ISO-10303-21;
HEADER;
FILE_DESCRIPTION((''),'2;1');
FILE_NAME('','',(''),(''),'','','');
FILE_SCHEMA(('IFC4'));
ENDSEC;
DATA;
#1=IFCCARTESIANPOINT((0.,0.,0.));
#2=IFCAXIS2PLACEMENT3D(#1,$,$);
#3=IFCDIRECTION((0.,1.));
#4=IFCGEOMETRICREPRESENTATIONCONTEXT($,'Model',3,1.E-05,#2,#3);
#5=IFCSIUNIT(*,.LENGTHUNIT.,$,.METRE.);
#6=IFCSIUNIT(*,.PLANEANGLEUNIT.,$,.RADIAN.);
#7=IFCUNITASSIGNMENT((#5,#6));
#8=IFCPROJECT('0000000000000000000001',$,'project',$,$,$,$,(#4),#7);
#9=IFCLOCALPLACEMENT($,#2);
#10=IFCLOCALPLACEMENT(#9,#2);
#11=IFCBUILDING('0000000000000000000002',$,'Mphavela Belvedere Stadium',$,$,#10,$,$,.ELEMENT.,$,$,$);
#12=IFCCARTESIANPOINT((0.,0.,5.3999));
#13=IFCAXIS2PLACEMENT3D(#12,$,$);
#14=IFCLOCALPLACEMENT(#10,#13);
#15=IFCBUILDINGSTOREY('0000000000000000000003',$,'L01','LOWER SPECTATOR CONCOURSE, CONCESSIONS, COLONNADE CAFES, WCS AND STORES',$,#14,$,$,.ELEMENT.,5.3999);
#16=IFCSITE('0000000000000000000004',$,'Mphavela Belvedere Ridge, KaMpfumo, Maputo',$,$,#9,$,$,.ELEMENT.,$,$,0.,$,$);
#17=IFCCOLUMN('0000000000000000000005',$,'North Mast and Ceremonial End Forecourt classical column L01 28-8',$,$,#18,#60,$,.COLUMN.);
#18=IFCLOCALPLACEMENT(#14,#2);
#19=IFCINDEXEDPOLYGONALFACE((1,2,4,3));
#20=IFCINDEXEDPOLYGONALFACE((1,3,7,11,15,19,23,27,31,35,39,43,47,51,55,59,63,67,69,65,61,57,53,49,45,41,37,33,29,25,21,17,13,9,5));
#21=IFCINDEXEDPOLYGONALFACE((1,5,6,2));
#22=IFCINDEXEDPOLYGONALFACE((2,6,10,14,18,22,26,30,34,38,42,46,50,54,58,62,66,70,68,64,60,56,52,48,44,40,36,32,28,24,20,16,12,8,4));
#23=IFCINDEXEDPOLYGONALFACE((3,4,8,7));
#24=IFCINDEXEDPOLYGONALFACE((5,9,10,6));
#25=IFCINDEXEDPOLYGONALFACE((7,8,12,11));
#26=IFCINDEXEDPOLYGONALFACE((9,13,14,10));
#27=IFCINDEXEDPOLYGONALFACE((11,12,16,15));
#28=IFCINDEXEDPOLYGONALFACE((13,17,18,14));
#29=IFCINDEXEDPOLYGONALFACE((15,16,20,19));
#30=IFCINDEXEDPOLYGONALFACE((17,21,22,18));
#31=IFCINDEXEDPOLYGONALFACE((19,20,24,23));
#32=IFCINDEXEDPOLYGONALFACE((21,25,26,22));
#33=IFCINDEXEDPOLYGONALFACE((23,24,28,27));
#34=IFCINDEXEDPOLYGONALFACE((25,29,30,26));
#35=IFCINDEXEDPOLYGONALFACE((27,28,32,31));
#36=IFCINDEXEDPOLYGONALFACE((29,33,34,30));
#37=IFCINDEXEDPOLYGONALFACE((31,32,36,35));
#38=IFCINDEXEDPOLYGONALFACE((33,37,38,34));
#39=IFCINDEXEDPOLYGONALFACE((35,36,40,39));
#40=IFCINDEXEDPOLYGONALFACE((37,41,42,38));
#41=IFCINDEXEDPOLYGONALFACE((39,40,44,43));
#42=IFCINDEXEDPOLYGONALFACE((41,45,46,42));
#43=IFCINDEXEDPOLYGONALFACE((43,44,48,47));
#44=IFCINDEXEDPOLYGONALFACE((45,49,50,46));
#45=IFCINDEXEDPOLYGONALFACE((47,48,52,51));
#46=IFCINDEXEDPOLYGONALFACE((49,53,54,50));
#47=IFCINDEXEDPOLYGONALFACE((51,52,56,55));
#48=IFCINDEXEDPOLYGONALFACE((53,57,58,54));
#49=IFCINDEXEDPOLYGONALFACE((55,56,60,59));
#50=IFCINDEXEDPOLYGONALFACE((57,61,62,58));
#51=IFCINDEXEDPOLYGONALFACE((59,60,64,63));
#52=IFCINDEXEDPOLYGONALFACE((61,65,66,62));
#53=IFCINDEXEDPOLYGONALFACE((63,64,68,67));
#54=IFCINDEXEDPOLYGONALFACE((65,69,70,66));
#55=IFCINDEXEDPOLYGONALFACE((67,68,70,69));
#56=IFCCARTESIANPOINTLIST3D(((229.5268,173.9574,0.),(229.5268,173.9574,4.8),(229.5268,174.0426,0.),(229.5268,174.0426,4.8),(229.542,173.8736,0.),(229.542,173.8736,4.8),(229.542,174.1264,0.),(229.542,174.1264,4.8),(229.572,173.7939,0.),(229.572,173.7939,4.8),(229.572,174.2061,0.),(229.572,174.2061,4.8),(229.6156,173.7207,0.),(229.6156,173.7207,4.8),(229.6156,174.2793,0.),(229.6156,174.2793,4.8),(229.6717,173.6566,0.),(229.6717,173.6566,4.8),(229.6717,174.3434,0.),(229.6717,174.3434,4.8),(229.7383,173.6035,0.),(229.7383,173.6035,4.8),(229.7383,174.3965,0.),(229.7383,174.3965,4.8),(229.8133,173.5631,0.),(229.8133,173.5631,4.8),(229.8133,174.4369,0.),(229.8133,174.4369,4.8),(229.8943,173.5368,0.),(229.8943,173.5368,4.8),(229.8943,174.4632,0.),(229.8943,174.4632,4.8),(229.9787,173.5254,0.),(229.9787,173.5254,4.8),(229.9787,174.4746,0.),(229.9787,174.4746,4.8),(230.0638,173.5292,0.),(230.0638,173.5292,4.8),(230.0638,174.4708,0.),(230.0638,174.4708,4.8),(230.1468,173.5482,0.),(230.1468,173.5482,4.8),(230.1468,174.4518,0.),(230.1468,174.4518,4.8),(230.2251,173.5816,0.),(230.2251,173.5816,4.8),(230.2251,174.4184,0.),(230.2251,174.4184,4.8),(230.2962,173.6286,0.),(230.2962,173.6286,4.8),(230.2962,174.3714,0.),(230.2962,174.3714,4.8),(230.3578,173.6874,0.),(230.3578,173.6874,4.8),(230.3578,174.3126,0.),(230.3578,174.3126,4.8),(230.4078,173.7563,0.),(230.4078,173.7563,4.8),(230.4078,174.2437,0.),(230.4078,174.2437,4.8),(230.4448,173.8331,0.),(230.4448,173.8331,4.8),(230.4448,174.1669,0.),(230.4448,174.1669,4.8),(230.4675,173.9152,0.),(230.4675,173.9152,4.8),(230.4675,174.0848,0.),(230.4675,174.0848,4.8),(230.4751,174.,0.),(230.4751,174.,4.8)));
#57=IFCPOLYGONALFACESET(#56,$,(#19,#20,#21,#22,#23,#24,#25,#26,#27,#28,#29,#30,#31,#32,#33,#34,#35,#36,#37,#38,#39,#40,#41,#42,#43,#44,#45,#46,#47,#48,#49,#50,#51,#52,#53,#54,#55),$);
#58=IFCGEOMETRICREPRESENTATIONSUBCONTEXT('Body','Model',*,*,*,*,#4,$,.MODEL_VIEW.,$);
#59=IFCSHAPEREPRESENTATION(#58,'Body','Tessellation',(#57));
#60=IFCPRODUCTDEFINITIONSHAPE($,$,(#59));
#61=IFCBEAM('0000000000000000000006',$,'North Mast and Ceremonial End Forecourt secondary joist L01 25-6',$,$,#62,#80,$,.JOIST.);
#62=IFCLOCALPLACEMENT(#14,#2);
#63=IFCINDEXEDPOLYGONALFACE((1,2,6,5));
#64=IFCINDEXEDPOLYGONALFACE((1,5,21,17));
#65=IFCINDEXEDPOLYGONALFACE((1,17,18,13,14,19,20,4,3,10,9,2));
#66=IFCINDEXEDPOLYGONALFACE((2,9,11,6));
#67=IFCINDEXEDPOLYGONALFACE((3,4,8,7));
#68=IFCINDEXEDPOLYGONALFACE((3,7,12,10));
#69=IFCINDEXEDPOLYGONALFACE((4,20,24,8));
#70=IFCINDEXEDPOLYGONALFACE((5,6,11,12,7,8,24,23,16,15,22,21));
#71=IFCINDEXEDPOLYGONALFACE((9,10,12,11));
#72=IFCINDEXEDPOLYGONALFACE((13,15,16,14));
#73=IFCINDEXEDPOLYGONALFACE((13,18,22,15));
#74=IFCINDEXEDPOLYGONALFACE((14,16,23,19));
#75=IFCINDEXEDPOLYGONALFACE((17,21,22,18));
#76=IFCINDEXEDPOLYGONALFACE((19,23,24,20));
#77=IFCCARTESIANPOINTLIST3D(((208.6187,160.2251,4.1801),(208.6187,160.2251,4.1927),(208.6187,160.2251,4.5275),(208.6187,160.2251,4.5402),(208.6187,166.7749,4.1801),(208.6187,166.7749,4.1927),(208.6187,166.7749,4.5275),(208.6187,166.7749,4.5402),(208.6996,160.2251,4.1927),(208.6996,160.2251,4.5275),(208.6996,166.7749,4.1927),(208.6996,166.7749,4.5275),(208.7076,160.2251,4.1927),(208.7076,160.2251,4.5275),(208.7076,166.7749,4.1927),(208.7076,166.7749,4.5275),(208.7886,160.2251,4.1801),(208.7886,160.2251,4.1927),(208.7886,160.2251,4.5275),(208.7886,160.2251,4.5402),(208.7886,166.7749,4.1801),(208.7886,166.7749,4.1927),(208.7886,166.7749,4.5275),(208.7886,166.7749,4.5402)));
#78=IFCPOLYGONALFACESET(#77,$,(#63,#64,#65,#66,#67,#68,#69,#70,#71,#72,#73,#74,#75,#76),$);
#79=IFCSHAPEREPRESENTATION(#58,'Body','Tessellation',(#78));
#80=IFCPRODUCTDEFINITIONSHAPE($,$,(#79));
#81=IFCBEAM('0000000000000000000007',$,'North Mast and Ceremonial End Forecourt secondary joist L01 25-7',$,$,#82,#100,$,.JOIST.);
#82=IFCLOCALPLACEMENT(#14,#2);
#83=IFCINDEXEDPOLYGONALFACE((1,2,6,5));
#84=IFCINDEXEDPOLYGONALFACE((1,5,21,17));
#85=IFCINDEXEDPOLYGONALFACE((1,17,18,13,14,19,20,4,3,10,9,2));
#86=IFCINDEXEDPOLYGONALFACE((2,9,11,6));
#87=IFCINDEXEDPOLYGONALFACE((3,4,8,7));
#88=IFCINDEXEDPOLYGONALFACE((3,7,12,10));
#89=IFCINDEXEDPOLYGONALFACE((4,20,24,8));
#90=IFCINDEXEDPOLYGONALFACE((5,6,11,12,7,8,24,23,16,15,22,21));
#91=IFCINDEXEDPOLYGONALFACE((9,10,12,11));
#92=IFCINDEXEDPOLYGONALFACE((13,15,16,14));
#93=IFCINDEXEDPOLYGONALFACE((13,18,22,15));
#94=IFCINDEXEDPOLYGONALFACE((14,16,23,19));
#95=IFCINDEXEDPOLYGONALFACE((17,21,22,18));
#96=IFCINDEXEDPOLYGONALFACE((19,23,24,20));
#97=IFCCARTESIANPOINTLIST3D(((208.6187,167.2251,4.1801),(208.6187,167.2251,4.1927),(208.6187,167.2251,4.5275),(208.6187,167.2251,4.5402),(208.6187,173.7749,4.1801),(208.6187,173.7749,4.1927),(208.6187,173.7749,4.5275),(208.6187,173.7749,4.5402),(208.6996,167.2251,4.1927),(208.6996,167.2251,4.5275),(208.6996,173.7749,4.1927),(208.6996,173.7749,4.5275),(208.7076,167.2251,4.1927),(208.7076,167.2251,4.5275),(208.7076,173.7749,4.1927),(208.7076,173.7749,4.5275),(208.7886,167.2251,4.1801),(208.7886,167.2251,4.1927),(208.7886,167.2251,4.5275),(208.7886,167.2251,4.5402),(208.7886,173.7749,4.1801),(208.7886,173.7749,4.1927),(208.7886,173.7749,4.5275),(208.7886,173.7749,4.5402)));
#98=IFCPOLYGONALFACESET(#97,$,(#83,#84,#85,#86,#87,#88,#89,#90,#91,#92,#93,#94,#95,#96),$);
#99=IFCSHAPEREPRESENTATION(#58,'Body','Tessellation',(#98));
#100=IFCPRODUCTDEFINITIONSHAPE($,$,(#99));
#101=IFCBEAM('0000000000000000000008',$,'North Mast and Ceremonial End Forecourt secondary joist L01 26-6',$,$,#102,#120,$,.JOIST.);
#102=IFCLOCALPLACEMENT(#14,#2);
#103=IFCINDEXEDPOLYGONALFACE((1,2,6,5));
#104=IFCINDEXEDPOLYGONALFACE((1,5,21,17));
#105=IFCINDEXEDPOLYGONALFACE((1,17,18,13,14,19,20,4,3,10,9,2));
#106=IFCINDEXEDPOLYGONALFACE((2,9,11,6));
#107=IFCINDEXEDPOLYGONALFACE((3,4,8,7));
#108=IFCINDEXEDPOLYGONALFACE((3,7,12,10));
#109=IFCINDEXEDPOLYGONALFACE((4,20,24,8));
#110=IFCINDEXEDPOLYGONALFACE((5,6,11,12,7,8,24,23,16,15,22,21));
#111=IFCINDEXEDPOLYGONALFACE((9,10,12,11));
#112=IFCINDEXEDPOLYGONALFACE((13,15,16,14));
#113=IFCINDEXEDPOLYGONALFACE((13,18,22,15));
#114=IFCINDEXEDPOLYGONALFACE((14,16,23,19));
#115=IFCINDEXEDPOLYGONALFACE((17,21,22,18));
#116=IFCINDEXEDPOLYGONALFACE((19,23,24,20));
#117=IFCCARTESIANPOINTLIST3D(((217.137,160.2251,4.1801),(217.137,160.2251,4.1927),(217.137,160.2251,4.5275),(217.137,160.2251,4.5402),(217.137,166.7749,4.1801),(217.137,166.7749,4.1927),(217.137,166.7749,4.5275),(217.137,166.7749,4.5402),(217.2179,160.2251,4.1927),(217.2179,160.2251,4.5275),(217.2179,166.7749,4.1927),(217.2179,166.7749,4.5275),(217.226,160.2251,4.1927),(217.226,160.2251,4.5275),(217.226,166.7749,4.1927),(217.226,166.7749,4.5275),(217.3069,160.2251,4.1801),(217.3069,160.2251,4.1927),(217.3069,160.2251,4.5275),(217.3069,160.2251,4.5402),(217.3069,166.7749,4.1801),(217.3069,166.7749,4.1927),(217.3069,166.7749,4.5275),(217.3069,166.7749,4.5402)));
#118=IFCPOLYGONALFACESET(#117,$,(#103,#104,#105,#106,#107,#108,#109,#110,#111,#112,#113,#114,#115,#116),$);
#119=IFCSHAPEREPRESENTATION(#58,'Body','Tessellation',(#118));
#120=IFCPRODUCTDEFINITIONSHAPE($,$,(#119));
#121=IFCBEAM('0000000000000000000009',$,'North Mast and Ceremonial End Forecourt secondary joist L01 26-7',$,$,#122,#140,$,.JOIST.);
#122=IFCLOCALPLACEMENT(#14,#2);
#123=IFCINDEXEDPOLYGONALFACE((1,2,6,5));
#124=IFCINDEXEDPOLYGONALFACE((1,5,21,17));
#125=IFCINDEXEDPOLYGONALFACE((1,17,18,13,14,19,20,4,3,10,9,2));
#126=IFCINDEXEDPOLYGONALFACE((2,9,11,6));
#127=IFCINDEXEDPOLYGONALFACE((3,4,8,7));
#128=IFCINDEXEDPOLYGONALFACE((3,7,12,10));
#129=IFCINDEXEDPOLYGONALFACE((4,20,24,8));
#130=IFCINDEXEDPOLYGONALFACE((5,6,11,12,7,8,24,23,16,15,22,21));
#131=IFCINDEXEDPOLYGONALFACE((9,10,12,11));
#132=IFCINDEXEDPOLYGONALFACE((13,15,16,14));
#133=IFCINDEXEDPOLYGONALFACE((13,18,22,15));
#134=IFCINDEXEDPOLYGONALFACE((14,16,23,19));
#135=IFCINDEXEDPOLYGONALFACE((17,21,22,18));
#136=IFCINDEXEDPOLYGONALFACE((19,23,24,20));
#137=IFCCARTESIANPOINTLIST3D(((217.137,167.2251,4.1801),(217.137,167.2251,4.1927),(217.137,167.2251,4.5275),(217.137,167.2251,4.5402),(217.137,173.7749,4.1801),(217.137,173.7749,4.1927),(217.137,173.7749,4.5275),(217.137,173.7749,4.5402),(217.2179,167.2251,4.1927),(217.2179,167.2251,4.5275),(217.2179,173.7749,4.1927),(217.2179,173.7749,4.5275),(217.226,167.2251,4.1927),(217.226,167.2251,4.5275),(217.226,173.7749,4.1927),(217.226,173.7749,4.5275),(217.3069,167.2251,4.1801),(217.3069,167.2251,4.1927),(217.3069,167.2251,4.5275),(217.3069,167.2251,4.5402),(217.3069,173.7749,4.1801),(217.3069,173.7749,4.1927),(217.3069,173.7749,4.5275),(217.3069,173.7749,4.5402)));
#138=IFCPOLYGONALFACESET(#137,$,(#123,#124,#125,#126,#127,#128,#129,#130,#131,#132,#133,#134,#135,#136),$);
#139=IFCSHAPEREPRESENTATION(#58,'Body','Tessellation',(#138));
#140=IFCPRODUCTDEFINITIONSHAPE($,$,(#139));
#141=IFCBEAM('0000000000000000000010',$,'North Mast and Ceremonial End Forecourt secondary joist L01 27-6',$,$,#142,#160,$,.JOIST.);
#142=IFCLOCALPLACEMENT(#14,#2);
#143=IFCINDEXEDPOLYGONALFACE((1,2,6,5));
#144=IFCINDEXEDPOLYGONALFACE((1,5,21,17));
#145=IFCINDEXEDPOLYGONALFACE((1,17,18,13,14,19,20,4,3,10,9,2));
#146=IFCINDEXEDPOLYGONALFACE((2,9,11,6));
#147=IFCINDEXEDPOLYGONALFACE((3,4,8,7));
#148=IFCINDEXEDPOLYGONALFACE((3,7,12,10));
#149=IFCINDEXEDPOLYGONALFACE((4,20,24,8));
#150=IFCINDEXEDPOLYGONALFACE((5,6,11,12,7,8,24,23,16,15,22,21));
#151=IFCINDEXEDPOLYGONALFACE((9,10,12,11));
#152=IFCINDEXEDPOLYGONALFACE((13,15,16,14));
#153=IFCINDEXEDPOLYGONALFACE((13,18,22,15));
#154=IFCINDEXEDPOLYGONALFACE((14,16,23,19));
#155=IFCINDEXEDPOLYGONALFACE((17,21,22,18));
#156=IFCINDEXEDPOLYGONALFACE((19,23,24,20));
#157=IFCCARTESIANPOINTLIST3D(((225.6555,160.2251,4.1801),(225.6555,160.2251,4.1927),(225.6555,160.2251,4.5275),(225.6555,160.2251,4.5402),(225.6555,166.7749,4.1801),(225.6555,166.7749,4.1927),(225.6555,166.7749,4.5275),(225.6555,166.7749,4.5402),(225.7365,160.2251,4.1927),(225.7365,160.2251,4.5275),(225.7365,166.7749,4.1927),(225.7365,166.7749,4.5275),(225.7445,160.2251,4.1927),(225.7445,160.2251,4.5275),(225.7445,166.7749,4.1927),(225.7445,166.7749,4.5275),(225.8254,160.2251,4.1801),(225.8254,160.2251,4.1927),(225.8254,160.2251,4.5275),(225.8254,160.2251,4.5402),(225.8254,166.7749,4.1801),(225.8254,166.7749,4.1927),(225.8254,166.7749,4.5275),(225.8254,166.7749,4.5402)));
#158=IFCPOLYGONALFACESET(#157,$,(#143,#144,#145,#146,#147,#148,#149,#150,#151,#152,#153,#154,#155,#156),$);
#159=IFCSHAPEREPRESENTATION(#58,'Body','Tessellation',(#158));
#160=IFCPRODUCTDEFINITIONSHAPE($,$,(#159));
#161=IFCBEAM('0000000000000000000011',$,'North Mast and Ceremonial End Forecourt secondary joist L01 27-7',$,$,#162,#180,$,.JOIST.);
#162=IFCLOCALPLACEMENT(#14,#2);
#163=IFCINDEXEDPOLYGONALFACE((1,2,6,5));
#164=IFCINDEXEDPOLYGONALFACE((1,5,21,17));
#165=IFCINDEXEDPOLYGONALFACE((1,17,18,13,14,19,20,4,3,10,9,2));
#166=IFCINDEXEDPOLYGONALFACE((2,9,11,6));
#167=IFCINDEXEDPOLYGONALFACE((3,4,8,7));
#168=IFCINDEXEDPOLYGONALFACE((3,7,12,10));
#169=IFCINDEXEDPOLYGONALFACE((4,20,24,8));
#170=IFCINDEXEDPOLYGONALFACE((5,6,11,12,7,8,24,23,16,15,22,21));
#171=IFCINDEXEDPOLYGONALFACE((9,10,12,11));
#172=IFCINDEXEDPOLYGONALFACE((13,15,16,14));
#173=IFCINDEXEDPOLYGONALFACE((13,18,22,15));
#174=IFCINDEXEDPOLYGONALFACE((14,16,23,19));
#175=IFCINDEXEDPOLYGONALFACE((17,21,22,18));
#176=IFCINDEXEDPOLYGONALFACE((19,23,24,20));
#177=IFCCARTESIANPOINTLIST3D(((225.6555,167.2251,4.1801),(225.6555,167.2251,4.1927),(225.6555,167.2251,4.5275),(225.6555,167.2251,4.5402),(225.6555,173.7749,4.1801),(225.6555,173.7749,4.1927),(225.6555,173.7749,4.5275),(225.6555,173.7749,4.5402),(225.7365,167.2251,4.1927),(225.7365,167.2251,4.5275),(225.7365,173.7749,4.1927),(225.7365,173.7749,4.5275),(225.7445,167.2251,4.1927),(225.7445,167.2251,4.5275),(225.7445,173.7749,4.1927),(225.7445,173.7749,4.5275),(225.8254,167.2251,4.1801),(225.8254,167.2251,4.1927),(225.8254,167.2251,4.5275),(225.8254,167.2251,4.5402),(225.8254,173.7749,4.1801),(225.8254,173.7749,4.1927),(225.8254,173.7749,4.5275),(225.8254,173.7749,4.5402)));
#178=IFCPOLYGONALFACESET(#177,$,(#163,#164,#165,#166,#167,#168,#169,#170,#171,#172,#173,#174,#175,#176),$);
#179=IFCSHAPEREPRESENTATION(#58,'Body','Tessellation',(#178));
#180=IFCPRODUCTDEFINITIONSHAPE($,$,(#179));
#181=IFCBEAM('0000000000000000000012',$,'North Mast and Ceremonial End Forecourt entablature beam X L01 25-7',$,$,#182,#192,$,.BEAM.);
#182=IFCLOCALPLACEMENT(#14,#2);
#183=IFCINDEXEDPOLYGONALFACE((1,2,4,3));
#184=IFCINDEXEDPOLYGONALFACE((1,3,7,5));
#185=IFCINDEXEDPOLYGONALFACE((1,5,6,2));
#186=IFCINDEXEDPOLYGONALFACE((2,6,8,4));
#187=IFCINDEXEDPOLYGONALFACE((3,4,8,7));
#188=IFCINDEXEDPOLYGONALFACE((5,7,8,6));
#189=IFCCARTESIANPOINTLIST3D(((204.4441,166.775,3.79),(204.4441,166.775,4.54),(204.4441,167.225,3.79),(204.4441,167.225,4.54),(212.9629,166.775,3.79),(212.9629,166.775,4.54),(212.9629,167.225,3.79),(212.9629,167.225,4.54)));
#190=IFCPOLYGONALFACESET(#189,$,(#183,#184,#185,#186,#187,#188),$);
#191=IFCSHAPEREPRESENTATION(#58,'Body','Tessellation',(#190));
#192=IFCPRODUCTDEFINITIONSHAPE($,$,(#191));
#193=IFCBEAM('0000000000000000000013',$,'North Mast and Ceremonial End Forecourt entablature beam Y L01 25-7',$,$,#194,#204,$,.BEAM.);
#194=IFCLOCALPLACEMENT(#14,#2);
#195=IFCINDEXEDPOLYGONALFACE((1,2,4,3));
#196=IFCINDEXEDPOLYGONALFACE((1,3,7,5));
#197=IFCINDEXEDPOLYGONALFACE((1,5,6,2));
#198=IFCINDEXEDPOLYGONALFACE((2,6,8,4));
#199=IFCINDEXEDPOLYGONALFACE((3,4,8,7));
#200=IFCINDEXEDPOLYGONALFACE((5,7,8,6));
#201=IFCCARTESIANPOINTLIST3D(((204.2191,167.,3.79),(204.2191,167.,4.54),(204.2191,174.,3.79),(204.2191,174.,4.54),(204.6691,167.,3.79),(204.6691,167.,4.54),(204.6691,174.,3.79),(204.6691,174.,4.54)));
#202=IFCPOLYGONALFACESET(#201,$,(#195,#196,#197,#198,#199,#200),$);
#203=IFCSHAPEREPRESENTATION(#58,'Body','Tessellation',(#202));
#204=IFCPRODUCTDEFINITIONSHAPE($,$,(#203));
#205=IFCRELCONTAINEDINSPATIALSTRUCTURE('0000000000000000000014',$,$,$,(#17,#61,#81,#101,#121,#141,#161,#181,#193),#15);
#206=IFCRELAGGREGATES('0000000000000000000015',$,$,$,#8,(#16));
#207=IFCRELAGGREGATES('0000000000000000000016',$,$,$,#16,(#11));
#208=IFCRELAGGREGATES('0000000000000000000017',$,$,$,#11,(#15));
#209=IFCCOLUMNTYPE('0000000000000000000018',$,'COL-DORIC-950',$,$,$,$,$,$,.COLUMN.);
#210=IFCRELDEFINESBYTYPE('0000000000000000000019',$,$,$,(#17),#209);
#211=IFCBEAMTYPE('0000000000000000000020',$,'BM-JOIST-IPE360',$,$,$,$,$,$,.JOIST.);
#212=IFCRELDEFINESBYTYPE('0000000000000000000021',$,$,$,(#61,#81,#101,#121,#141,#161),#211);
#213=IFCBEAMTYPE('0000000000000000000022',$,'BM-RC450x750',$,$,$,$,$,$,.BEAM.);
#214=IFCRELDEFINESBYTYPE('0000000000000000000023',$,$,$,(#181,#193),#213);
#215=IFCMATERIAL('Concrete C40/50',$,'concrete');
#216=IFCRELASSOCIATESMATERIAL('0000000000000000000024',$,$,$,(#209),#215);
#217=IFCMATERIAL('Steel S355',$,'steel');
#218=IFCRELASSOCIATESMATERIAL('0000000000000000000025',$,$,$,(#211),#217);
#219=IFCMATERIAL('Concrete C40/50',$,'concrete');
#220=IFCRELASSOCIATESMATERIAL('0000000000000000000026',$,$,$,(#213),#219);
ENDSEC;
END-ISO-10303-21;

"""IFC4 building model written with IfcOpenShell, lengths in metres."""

from ifc_helpers import new_model, si_unit, direction, frame, origin, origin_2d, place, context, subcontext, project, spatial, rectangle, circle, i_section, extrude, material, material_profile, profile_set, type_object, element, save


model = new_model("IFC4")

# Units and contexts
model_context = context("Model", 3, precision=1e-05, world=origin(), true_north=direction((0.0, 1.0)))
body_context = subcontext(model_context, "Body", "Model", "MODEL_VIEW")
ifc_project = project(units=[si_unit("LENGTHUNIT", "METRE"), si_unit("PLANEANGLEUNIT", "RADIAN")], contexts=[model_context])

# Site, building, storey
site_placement = place(None, origin())
site = spatial("IfcSite", under=ifc_project, at=site_placement, Name="Mphavela Belvedere Ridge, KaMpfumo, Maputo", CompositionType="ELEMENT", RefElevation=0.0)
building_placement = place(site_placement, origin())
building = spatial("IfcBuilding", under=site, at=building_placement, Name="Mphavela Belvedere Stadium", CompositionType="ELEMENT")
storey_placement = place(building_placement, frame((0.0, 0.0, 5.3999)))
storey = spatial("IfcBuildingStorey", under=building, at=storey_placement, Name="L01", Description="LOWER SPECTATOR CONCOURSE, CONCESSIONS, COLONNADE CAFES, WCS AND STORES", CompositionType="ELEMENT", Elevation=5.3999)

# Column
ifc_material_1 = material(Name="Concrete C40/50", Category="concrete")
ifc_material_profile_1 = material_profile(ifc_material_1, circle(Radius=0.4751, at=origin_2d()), Name="COL D950")
ifc_profile_set_1 = profile_set([ifc_material_profile_1], Name="Concrete C40/50")
column_type = type_object("IfcColumnType", Name="COL-DORIC-950", PredefinedType="COLUMN", material=ifc_profile_set_1)
for number, where, z_axis, x_axis, name in (
    (1, (230.0, 174.0, 0.0), (0.0, 0.0, 1.0), (1.0, 0.0, 0.0), "North Mast and Ceremonial End Forecourt classical column L01 28-8"),
):
    element("IfcColumn", number, at=place(storey_placement, frame(where, z_axis=z_axis, x_axis=x_axis)), inside=storey, type_object=column_type, Name=name, PredefinedType="COLUMN", context=body_context, shape_type="SweptSolid", body=[
        extrude(circle(Radius=0.4751, at=origin_2d()), origin(), (0.0, 0.0, 1.0), 4.8),
    ])

# Beams
ifc_material_2 = material(Name="Steel S355", Category="steel")
ifc_material_profile_2 = material_profile(ifc_material_2, i_section(OverallWidth=0.1699, OverallDepth=0.3601, WebThickness=0.0081, FlangeThickness=0.0127, at=origin_2d()), Name="IPE 360")
ifc_profile_set_2 = profile_set([ifc_material_profile_2], Name="Steel S355")
beam_type_1 = type_object("IfcBeamType", Name="BM-JOIST-IPE360", PredefinedType="JOIST", material=ifc_profile_set_2)
for number, where, z_axis, x_axis, name in (
    (2, (208.7036, 160.2251, 4.3601), (0.0, 1.0, 0.0), (-1.0, 0.0, 0.0), "North Mast and Ceremonial End Forecourt secondary joist L01 25-6"),
    (3, (208.7036, 167.2251, 4.3601), (0.0, 1.0, 0.0), (-1.0, 0.0, 0.0), "North Mast and Ceremonial End Forecourt secondary joist L01 25-7"),
    (4, (217.2219, 160.2251, 4.3601), (0.0, 1.0, 0.0), (-1.0, 0.0, 0.0), "North Mast and Ceremonial End Forecourt secondary joist L01 26-6"),
    (5, (217.2219, 167.2251, 4.3601), (0.0, 1.0, 0.0), (-1.0, 0.0, 0.0), "North Mast and Ceremonial End Forecourt secondary joist L01 26-7"),
    (6, (225.7405, 160.2251, 4.3601), (0.0, 1.0, 0.0), (-1.0, 0.0, 0.0), "North Mast and Ceremonial End Forecourt secondary joist L01 27-6"),
    (7, (225.7405, 167.2251, 4.3601), (0.0, 1.0, 0.0), (-1.0, 0.0, 0.0), "North Mast and Ceremonial End Forecourt secondary joist L01 27-7"),
):
    element("IfcBeam", number, at=place(storey_placement, frame(where, z_axis=z_axis, x_axis=x_axis)), inside=storey, type_object=beam_type_1, Name=name, PredefinedType="JOIST", context=body_context, shape_type="SweptSolid", body=[
        extrude(i_section(OverallWidth=0.1699, OverallDepth=0.3601, WebThickness=0.0081, FlangeThickness=0.0127, at=origin_2d()), origin(), (0.0, 0.0, 1.0), 6.5498),
    ])
ifc_material_3 = material(Name="Concrete C40/50", Category="concrete")
ifc_material_profile_3 = material_profile(ifc_material_3, rectangle(XDim=0.45, YDim=0.75, at=origin_2d()), Name="RC 450x750")
ifc_profile_set_3 = profile_set([ifc_material_profile_3], Name="Concrete C40/50")
beam_type_2 = type_object("IfcBeamType", Name="BM-RC450x750", PredefinedType="BEAM", material=ifc_profile_set_3)
beam_1_placement = place(storey_placement, frame((204.4441, 167.0, 4.165), z_axis=(1.0, 0.0, 0.0), x_axis=(0.0, 1.0, 0.0)))
element("IfcBeam", 8, at=beam_1_placement, inside=storey, type_object=beam_type_2, Name="North Mast and Ceremonial End Forecourt entablature beam X L01 25-7", PredefinedType="BEAM", context=body_context, shape_type="SweptSolid", body=[
    extrude(rectangle(XDim=0.45, YDim=0.75, at=origin_2d()), origin(), (0.0, 0.0, 1.0), 8.5188),
])
beam_2_placement = place(storey_placement, frame((204.4441, 167.0, 4.165), z_axis=(0.0, 1.0, 0.0), x_axis=(-1.0, 0.0, 0.0)))
element("IfcBeam", 9, at=beam_2_placement, inside=storey, type_object=beam_type_2, Name="North Mast and Ceremonial End Forecourt entablature beam Y L01 25-7", PredefinedType="BEAM", context=body_context, shape_type="SweptSolid", body=[
    extrude(rectangle(XDim=0.45, YDim=0.75, at=origin_2d()), origin(), (0.0, 0.0, 1.0), 7.0),
])

save(model, "model.ifc")
